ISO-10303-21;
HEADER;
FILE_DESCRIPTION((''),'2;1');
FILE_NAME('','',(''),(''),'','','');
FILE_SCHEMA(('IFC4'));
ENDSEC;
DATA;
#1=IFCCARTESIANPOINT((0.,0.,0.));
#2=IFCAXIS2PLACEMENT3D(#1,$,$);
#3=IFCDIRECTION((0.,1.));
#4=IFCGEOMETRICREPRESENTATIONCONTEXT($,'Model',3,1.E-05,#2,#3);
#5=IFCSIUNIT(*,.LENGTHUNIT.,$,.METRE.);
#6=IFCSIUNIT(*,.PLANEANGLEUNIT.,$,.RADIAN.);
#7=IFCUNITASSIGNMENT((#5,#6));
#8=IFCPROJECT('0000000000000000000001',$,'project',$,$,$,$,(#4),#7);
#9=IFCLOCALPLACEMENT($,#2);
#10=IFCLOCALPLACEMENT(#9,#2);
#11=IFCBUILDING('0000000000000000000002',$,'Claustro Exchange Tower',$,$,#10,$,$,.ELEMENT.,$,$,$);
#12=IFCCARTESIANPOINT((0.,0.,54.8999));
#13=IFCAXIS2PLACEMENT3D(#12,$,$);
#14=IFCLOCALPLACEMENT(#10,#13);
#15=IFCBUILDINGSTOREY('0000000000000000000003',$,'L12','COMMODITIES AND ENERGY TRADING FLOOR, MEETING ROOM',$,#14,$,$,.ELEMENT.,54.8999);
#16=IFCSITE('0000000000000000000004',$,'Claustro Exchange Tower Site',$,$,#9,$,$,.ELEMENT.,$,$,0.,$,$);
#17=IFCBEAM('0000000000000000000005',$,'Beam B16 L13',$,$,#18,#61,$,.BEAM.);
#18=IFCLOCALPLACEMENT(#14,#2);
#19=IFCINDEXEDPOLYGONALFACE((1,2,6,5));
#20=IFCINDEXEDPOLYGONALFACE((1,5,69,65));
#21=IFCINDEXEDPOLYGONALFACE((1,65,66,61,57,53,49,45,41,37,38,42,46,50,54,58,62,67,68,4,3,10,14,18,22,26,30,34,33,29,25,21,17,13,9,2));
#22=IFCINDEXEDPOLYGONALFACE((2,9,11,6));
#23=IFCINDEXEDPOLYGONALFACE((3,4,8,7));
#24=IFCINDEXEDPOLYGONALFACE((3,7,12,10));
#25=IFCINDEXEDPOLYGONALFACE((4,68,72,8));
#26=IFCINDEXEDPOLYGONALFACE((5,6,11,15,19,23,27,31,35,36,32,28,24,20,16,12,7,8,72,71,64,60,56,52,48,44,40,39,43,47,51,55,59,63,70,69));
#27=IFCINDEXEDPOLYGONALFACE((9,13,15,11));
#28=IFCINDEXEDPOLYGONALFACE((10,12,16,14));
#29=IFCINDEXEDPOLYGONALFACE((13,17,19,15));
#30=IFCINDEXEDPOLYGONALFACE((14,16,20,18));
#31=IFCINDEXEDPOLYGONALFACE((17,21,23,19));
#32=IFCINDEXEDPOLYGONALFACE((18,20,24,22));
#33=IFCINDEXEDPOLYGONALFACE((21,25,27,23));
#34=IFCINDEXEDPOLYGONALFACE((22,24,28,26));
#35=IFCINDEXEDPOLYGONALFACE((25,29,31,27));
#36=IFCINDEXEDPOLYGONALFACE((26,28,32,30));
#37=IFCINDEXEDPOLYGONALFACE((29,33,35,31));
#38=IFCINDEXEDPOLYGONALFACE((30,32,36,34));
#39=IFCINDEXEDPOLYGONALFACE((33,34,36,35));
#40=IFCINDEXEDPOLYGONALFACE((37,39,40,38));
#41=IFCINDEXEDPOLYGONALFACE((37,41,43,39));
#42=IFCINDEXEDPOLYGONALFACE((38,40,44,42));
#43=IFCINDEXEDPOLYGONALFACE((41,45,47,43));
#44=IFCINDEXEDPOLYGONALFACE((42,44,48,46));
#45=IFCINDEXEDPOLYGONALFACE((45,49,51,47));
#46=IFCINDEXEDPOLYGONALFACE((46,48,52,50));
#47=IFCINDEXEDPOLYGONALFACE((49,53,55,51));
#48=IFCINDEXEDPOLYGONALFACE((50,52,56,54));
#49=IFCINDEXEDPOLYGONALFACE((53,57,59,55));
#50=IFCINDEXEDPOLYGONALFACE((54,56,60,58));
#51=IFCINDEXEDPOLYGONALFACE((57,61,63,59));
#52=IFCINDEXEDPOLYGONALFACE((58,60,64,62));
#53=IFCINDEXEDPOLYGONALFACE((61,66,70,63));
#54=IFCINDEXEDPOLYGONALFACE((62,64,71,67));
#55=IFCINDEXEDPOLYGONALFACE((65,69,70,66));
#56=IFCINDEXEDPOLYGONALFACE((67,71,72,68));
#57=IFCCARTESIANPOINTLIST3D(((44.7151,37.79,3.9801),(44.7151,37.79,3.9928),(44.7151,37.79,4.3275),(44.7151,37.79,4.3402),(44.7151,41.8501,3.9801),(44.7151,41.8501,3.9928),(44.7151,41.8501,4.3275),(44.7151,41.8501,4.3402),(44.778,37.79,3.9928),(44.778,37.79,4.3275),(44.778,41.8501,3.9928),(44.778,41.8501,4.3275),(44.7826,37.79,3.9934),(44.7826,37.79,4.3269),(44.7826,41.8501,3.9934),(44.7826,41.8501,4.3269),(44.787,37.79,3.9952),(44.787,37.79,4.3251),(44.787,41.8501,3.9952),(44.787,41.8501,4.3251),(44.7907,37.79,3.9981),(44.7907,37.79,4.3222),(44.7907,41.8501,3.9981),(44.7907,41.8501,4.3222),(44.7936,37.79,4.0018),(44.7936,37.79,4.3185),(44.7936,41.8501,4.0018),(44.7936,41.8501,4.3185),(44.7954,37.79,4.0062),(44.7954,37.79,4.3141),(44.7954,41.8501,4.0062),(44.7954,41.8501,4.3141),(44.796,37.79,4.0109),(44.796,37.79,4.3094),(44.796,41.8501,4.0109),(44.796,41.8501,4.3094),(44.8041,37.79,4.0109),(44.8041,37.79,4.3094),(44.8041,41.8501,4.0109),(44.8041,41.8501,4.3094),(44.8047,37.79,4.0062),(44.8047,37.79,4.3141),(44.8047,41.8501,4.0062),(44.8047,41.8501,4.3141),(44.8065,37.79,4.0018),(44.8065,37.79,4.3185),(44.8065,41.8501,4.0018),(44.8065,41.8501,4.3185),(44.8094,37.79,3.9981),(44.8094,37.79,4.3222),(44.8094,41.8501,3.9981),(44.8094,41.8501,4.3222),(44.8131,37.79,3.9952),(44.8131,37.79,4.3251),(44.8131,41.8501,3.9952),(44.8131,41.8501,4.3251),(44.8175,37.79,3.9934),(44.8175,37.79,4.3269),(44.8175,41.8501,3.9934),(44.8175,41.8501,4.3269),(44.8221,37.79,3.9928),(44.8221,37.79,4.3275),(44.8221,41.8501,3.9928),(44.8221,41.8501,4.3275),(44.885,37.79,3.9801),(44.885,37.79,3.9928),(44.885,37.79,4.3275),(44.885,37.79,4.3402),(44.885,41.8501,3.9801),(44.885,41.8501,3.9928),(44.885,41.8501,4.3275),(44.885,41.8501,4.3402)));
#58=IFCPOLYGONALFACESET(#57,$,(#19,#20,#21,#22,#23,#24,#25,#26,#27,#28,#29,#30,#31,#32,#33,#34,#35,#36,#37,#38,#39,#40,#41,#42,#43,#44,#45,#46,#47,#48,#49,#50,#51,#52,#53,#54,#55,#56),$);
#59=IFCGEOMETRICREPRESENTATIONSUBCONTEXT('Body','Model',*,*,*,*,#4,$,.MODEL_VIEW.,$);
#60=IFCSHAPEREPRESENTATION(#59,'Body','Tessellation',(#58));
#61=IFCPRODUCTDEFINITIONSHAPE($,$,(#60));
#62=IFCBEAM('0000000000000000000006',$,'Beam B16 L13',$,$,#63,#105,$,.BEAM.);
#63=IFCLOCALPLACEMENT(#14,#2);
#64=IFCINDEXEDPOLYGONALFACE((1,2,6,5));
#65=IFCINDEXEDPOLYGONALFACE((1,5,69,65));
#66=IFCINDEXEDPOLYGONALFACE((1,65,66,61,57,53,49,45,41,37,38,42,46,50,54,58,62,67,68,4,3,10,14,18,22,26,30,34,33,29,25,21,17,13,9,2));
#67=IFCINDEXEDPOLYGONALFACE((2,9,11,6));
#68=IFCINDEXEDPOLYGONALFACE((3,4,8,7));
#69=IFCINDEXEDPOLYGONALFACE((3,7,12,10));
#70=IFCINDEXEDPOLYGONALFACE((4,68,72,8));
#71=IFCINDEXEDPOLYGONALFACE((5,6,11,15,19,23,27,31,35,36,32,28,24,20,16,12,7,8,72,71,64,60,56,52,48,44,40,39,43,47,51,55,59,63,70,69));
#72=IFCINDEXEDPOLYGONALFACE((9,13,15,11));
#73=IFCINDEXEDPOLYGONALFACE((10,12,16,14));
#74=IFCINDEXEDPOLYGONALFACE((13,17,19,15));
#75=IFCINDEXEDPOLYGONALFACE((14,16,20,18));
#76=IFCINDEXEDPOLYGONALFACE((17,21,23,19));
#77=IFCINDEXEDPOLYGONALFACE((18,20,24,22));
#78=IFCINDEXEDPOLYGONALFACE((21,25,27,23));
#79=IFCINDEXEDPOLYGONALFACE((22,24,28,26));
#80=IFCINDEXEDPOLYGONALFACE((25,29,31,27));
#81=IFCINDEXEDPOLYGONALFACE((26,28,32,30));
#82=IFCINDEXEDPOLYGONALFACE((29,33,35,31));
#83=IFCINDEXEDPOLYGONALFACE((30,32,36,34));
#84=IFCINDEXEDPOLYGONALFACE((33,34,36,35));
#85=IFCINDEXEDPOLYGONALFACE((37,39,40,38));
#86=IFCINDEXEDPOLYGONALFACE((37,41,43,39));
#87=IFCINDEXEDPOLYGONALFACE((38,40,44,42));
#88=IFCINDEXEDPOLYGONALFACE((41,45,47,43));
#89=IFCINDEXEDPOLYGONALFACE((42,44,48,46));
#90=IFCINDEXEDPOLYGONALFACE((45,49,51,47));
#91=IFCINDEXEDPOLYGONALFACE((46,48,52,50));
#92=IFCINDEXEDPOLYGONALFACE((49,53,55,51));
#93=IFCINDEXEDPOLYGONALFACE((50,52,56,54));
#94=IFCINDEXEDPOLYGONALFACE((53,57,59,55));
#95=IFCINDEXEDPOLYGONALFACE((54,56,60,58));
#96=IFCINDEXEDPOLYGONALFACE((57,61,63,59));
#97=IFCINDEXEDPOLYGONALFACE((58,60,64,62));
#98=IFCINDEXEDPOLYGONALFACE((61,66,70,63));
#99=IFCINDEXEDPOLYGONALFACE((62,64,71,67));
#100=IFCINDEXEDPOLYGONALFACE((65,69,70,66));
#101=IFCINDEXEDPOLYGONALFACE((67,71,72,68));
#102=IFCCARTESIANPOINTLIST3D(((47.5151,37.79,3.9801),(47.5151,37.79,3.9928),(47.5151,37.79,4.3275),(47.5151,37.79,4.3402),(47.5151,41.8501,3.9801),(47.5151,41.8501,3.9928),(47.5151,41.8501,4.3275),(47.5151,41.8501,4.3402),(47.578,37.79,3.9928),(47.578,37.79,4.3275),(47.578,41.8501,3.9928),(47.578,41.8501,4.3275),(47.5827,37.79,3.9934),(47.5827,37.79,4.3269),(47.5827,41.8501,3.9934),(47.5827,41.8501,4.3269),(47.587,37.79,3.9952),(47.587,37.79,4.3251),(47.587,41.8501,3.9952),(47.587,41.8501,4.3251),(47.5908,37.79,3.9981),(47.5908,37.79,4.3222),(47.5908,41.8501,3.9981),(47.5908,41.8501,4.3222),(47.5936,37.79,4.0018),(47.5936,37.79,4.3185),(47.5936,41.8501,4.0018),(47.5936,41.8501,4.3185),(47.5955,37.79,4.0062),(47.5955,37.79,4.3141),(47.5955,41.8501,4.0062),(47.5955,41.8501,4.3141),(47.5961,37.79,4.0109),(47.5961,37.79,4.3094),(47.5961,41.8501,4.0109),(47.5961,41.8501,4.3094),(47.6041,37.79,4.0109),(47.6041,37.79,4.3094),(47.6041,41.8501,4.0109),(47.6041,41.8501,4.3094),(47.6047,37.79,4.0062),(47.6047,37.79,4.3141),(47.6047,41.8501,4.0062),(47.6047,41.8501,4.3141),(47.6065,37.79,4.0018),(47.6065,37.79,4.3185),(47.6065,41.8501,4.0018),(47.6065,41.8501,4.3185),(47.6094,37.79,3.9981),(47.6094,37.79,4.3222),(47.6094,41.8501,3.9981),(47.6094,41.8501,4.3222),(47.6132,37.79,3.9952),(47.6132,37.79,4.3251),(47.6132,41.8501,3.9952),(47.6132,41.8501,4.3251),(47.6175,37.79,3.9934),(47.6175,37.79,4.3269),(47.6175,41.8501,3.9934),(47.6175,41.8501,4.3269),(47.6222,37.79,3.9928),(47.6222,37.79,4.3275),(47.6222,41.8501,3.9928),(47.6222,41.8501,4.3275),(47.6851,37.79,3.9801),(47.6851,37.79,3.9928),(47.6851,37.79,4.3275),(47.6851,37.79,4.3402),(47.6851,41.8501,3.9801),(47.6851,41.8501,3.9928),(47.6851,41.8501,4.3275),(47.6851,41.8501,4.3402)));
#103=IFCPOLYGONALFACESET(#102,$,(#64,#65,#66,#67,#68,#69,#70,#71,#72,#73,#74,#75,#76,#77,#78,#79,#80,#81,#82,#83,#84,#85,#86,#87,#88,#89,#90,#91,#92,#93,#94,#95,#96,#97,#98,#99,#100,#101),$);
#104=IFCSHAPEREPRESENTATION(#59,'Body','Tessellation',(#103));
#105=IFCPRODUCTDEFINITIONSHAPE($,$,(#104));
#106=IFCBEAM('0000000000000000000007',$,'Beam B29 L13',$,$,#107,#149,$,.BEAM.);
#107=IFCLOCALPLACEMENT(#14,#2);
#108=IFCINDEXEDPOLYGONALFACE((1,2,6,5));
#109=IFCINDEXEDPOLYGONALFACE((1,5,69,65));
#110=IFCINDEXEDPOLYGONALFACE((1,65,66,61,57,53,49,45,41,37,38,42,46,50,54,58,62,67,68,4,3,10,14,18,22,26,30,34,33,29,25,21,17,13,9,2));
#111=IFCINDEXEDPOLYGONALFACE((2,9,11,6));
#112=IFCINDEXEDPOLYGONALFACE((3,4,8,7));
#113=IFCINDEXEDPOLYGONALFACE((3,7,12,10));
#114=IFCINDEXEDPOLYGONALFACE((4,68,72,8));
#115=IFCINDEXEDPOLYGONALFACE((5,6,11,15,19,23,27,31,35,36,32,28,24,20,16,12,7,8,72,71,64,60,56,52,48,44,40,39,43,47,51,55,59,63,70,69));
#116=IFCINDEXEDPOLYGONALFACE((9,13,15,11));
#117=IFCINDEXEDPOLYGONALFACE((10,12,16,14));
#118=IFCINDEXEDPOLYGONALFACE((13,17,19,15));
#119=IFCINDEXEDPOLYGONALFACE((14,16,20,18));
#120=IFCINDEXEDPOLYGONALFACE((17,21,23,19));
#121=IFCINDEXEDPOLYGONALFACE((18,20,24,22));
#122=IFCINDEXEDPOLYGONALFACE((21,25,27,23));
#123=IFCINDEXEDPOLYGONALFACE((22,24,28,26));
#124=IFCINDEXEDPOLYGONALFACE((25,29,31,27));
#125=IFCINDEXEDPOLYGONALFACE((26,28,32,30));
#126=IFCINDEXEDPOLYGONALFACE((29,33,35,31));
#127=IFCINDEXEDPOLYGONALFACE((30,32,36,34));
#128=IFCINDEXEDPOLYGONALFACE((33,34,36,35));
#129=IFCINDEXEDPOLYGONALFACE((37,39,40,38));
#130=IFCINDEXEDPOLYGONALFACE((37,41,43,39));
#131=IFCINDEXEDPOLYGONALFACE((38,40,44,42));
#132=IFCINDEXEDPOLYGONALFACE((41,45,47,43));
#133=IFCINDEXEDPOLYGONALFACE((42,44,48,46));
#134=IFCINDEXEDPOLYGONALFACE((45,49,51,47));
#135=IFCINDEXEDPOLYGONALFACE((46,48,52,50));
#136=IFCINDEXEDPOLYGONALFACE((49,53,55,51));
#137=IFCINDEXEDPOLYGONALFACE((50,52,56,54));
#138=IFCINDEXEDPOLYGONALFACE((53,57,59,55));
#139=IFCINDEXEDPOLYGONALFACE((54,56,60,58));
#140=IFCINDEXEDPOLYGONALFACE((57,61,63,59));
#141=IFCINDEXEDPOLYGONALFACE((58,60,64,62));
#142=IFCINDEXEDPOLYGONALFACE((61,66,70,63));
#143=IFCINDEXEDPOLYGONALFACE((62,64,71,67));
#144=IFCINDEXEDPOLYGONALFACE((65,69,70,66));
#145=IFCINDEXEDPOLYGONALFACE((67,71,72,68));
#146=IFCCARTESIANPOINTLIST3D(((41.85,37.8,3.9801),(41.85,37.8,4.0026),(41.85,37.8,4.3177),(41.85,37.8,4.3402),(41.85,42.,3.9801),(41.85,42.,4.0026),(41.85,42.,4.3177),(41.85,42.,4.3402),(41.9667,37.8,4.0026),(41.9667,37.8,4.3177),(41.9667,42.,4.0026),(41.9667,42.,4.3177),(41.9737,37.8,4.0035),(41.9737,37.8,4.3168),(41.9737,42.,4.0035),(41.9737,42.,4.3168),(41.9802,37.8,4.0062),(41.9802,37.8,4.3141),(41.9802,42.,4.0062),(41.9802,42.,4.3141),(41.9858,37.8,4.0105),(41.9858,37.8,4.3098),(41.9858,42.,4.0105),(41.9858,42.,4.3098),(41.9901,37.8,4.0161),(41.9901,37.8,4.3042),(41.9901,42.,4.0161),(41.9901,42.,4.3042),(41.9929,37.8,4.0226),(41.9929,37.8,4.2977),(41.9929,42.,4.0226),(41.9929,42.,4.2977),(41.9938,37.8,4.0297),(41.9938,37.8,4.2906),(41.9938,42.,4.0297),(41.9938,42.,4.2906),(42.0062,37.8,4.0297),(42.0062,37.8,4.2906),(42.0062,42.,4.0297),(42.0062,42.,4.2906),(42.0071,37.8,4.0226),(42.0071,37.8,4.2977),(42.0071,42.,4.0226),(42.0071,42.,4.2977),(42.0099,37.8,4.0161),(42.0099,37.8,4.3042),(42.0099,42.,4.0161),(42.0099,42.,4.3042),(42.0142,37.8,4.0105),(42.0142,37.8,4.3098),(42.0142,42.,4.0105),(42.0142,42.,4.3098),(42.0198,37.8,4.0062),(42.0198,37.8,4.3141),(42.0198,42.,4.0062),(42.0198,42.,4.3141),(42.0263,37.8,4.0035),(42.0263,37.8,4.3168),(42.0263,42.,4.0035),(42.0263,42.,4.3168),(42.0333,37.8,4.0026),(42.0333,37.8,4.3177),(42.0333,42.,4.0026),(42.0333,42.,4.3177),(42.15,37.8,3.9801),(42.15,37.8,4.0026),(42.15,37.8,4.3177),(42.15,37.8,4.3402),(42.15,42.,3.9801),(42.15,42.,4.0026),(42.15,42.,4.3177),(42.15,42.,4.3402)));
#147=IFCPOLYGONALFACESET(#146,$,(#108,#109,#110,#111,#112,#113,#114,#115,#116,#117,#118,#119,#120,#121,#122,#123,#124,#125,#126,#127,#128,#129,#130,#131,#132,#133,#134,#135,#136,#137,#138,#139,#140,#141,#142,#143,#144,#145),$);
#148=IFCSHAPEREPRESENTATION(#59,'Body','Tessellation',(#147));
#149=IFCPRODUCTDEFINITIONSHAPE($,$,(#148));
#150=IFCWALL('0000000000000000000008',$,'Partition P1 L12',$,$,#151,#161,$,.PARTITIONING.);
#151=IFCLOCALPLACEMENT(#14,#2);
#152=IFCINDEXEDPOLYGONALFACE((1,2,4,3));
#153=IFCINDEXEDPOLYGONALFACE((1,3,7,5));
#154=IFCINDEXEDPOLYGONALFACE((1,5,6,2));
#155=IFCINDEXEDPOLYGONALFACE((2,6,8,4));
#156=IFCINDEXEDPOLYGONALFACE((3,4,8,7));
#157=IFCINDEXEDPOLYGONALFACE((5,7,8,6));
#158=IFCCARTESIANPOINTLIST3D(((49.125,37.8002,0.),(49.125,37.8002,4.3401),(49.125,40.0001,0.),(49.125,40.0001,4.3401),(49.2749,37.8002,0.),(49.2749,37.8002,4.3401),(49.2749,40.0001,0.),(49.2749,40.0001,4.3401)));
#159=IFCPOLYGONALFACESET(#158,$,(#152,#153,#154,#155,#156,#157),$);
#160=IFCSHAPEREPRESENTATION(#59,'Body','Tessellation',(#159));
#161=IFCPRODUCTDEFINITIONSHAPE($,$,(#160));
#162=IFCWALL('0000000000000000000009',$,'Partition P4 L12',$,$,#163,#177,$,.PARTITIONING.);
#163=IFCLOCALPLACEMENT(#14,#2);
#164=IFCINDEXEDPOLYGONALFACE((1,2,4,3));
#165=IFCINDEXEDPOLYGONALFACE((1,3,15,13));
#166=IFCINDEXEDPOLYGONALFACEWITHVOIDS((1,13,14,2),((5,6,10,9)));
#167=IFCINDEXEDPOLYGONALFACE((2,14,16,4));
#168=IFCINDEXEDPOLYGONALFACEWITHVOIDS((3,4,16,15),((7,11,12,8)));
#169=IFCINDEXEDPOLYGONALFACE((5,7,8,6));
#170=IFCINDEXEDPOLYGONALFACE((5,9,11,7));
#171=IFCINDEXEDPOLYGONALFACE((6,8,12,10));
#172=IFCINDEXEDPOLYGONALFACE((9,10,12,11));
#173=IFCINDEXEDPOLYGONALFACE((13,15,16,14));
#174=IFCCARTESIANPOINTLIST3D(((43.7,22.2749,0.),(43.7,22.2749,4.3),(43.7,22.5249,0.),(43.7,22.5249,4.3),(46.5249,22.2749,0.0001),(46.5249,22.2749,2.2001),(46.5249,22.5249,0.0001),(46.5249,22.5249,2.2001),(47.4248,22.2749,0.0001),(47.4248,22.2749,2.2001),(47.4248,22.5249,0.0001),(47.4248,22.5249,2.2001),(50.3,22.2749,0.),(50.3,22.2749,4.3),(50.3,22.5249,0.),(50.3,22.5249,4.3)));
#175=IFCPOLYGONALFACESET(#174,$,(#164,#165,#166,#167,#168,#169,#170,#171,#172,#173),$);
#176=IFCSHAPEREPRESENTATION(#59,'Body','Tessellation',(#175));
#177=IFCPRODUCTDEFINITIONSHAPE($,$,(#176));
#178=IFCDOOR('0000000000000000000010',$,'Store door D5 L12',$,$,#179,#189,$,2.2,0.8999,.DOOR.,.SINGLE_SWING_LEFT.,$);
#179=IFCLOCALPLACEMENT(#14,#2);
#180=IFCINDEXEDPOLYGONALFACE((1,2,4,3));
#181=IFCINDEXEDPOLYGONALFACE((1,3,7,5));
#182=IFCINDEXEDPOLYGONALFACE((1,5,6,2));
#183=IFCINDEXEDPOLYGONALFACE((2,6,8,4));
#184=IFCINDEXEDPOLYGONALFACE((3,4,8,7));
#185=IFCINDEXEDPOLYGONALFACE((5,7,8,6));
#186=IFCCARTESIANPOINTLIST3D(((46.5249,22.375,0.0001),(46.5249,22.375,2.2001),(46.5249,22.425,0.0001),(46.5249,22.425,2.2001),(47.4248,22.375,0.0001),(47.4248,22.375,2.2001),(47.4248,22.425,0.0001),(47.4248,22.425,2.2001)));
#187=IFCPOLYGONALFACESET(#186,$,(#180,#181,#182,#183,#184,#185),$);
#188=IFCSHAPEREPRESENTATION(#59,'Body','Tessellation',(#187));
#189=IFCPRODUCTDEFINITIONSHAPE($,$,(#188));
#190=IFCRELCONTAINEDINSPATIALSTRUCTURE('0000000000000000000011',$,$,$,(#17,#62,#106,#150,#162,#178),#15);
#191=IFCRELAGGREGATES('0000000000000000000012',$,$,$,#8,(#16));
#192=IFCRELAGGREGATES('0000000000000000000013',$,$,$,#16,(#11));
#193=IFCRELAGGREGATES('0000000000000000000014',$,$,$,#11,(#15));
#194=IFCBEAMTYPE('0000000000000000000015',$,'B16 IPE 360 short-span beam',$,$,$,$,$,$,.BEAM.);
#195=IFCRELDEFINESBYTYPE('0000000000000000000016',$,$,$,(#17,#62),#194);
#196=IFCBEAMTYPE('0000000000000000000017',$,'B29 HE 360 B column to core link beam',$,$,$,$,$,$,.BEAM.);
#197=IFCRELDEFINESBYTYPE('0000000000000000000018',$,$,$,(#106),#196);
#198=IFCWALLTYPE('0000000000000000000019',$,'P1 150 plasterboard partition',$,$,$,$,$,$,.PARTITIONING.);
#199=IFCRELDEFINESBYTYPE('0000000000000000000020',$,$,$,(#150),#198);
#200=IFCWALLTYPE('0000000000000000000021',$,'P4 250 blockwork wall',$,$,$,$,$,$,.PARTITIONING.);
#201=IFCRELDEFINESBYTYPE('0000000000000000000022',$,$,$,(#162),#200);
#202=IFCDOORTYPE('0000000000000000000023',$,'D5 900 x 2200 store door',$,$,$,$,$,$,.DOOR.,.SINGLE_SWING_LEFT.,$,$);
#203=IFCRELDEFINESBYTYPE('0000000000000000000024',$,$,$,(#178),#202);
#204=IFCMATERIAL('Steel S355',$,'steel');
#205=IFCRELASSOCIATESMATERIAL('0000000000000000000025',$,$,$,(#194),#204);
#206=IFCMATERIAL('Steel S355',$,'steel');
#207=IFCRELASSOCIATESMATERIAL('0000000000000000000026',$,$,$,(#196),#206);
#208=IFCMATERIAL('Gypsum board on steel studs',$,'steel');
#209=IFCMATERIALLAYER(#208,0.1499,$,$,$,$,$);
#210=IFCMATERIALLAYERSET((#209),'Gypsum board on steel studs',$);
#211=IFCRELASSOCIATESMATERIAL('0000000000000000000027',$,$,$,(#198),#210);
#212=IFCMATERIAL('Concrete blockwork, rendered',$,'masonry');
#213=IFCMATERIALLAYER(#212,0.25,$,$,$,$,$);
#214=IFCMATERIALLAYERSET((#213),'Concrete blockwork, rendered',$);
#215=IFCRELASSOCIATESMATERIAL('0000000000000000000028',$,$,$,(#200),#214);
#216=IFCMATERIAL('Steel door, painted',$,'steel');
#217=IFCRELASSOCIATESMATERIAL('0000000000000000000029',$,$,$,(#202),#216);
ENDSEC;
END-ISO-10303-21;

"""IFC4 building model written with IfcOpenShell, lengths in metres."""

from ifc_helpers import new_model, si_unit, direction, frame, frame_2d, origin, origin_2d, place, context, subcontext, project, spatial, rectangle, i_section, extrude, material, layer, layer_set, material_profile, profile_set, type_object, element, fill, save


model = new_model("IFC4")

# Units and contexts
model_context = context("Model", 3, precision=1e-05, world=origin(), true_north=direction((0.0, 1.0)))
body_context = subcontext(model_context, "Body", "Model", "MODEL_VIEW")
ifc_project = project(units=[si_unit("LENGTHUNIT", "METRE"), si_unit("PLANEANGLEUNIT", "RADIAN")], contexts=[model_context])

# Site, building, storey
site_placement = place(None, origin())
site = spatial("IfcSite", under=ifc_project, at=site_placement, Name="Claustro Exchange Tower Site", CompositionType="ELEMENT", RefElevation=0.0)
building_placement = place(site_placement, origin())
building = spatial("IfcBuilding", under=site, at=building_placement, Name="Claustro Exchange Tower", CompositionType="ELEMENT")
storey_placement = place(building_placement, frame((0.0, 0.0, 54.8999)))
storey = spatial("IfcBuildingStorey", under=building, at=storey_placement, Name="L12", Description="COMMODITIES AND ENERGY TRADING FLOOR, MEETING ROOM", CompositionType="ELEMENT", Elevation=54.8999)

# Beams
ifc_material_1 = material(Name="Steel S355", Category="steel")
ifc_material_profile_1 = material_profile(ifc_material_1, i_section(OverallWidth=0.1699, OverallDepth=0.3601, WebThickness=0.0081, FlangeThickness=0.0127, FilletRadius=0.0181, at=origin_2d()), Name="IPE 360")
ifc_profile_set_1 = profile_set([ifc_material_profile_1], Name="Steel S355")
beam_type_1 = type_object("IfcBeamType", Name="B16 IPE 360 short-span beam", PredefinedType="BEAM", material=ifc_profile_set_1)
for number, where, z_axis, x_axis, name in (
    (1, (44.8, 37.79, 4.1602), (0.0, 1.0, 0.0), (-1.0, 0.0, 0.0), "Beam B16 L13"),
    (2, (47.6001, 37.79, 4.1602), (0.0, 1.0, 0.0), (-1.0, 0.0, 0.0), "Beam B16 L13"),
):
    element("IfcBeam", number, at=place(storey_placement, frame(where, z_axis=z_axis, x_axis=x_axis)), inside=storey, type_object=beam_type_1, Name=name, PredefinedType="BEAM", context=body_context, shape_type="SweptSolid", body=[
        extrude(i_section(OverallWidth=0.1699, OverallDepth=0.3601, WebThickness=0.0081, FlangeThickness=0.0127, FilletRadius=0.0181, at=origin_2d()), origin(), (0.0, 0.0, 1.0), 4.0601),
    ])
ifc_material_2 = material(Name="Steel S355", Category="steel")
ifc_material_profile_2 = material_profile(ifc_material_2, i_section(OverallWidth=0.3, OverallDepth=0.3601, WebThickness=0.0125, FlangeThickness=0.0225, FilletRadius=0.0271, at=origin_2d()), Name="HE 360 B")
ifc_profile_set_2 = profile_set([ifc_material_profile_2], Name="Steel S355")
beam_type_2 = type_object("IfcBeamType", Name="B29 HE 360 B column to core link beam", PredefinedType="BEAM", material=ifc_profile_set_2)
beam_placement = place(storey_placement, frame((42.0, 37.8, 4.1602), z_axis=(0.0, 1.0, 0.0), x_axis=(-1.0, 0.0, 0.0)))
element("IfcBeam", 3, at=beam_placement, inside=storey, type_object=beam_type_2, Name="Beam B29 L13", PredefinedType="BEAM", context=body_context, shape_type="SweptSolid", body=[
    extrude(i_section(OverallWidth=0.3, OverallDepth=0.3601, WebThickness=0.0125, FlangeThickness=0.0225, FilletRadius=0.0271, at=origin_2d()), origin(), (0.0, 0.0, 1.0), 4.2),
])

# Wall
ifc_material_3 = material(Name="Gypsum board on steel studs", Category="steel")
ifc_layer_1 = layer(ifc_material_3, 0.1499)
ifc_layer_set_1 = layer_set([ifc_layer_1], Name="Gypsum board on steel studs")
wall_type_1 = type_object("IfcWallType", Name="P1 150 plasterboard partition", PredefinedType="PARTITIONING", material=ifc_layer_set_1)
wall_1_placement = place(storey_placement, frame((49.2, 37.8, 0.0), z_axis=(0.0, 0.0, 1.0), x_axis=(0.0, 1.0, 0.0)))
element("IfcWall", 4, at=wall_1_placement, inside=storey, type_object=wall_type_1, Name="Partition P1 L12", PredefinedType="PARTITIONING", context=body_context, shape_type="SweptSolid", body=[
    extrude(rectangle(XDim=2.2, YDim=0.1499, at=frame_2d((1.1001, 0.0))), origin(), (0.0, 0.0, 1.0), 4.3401),
])

# Wall, opening, door
ifc_material_4 = material(Name="Concrete blockwork, rendered", Category="masonry")
ifc_layer_2 = layer(ifc_material_4, 0.25)
ifc_layer_set_2 = layer_set([ifc_layer_2], Name="Concrete blockwork, rendered")
wall_type_2 = type_object("IfcWallType", Name="P4 250 blockwork wall", PredefinedType="PARTITIONING", material=ifc_layer_set_2)
wall_2_placement = place(storey_placement, frame((43.7, 22.3999, 0.0), z_axis=(0.0, 0.0, 1.0), x_axis=(1.0, 0.0, 0.0)))
wall_2 = element("IfcWall", 5, at=wall_2_placement, inside=storey, type_object=wall_type_2, Name="Partition P4 L12", PredefinedType="PARTITIONING", context=body_context, shape_type="SweptSolid", body=[
    extrude(rectangle(XDim=6.6001, YDim=0.25, at=frame_2d((3.3, 0.0))), origin(), (0.0, 0.0, 1.0), 4.3),
])
opening_placement = place(wall_2_placement, frame((2.825, 0.0, 0.0)))
opening = element("IfcOpeningElement", 6, at=opening_placement, cuts=wall_2, PredefinedType="OPENING", context=body_context, shape_type="SweptSolid", body=[
    extrude(rectangle(XDim=0.8999, YDim=2.2, at=frame_2d((0.45, 1.1001))), frame((0.0, 0.135, 0.0), z_axis=(0.0, -1.0, 0.0), x_axis=(1.0, 0.0, 0.0)), (0.0, 0.0, 1.0), 0.27),
])
ifc_material_5 = material(Name="Steel door, painted", Category="steel")
door_type = type_object("IfcDoorType", Name="D5 900 x 2200 store door", OperationType="SINGLE_SWING_LEFT", PredefinedType="DOOR", material=ifc_material_5)
door_placement = place(opening_placement, frame((0.8999, 0.0, 0.0), z_axis=(0.0, 0.0, 1.0), x_axis=(-1.0, 0.0, 0.0)))
door = element("IfcDoor", 7, at=door_placement, inside=storey, type_object=door_type, Name="Store door D5 L12", OperationType="SINGLE_SWING_LEFT", OverallHeight=2.2, OverallWidth=0.8999, PredefinedType="DOOR", context=body_context, shape_type="SweptSolid", body=[
    extrude(rectangle(XDim=0.8999, YDim=2.2, at=frame_2d((0.45, 1.1001))), frame((0.0, 0.0249, 0.0), z_axis=(0.0, -1.0, 0.0), x_axis=(1.0, 0.0, 0.0)), (0.0, 0.0, 1.0), 0.05),
])
fill(opening, door)

save(model, "model.ifc")
